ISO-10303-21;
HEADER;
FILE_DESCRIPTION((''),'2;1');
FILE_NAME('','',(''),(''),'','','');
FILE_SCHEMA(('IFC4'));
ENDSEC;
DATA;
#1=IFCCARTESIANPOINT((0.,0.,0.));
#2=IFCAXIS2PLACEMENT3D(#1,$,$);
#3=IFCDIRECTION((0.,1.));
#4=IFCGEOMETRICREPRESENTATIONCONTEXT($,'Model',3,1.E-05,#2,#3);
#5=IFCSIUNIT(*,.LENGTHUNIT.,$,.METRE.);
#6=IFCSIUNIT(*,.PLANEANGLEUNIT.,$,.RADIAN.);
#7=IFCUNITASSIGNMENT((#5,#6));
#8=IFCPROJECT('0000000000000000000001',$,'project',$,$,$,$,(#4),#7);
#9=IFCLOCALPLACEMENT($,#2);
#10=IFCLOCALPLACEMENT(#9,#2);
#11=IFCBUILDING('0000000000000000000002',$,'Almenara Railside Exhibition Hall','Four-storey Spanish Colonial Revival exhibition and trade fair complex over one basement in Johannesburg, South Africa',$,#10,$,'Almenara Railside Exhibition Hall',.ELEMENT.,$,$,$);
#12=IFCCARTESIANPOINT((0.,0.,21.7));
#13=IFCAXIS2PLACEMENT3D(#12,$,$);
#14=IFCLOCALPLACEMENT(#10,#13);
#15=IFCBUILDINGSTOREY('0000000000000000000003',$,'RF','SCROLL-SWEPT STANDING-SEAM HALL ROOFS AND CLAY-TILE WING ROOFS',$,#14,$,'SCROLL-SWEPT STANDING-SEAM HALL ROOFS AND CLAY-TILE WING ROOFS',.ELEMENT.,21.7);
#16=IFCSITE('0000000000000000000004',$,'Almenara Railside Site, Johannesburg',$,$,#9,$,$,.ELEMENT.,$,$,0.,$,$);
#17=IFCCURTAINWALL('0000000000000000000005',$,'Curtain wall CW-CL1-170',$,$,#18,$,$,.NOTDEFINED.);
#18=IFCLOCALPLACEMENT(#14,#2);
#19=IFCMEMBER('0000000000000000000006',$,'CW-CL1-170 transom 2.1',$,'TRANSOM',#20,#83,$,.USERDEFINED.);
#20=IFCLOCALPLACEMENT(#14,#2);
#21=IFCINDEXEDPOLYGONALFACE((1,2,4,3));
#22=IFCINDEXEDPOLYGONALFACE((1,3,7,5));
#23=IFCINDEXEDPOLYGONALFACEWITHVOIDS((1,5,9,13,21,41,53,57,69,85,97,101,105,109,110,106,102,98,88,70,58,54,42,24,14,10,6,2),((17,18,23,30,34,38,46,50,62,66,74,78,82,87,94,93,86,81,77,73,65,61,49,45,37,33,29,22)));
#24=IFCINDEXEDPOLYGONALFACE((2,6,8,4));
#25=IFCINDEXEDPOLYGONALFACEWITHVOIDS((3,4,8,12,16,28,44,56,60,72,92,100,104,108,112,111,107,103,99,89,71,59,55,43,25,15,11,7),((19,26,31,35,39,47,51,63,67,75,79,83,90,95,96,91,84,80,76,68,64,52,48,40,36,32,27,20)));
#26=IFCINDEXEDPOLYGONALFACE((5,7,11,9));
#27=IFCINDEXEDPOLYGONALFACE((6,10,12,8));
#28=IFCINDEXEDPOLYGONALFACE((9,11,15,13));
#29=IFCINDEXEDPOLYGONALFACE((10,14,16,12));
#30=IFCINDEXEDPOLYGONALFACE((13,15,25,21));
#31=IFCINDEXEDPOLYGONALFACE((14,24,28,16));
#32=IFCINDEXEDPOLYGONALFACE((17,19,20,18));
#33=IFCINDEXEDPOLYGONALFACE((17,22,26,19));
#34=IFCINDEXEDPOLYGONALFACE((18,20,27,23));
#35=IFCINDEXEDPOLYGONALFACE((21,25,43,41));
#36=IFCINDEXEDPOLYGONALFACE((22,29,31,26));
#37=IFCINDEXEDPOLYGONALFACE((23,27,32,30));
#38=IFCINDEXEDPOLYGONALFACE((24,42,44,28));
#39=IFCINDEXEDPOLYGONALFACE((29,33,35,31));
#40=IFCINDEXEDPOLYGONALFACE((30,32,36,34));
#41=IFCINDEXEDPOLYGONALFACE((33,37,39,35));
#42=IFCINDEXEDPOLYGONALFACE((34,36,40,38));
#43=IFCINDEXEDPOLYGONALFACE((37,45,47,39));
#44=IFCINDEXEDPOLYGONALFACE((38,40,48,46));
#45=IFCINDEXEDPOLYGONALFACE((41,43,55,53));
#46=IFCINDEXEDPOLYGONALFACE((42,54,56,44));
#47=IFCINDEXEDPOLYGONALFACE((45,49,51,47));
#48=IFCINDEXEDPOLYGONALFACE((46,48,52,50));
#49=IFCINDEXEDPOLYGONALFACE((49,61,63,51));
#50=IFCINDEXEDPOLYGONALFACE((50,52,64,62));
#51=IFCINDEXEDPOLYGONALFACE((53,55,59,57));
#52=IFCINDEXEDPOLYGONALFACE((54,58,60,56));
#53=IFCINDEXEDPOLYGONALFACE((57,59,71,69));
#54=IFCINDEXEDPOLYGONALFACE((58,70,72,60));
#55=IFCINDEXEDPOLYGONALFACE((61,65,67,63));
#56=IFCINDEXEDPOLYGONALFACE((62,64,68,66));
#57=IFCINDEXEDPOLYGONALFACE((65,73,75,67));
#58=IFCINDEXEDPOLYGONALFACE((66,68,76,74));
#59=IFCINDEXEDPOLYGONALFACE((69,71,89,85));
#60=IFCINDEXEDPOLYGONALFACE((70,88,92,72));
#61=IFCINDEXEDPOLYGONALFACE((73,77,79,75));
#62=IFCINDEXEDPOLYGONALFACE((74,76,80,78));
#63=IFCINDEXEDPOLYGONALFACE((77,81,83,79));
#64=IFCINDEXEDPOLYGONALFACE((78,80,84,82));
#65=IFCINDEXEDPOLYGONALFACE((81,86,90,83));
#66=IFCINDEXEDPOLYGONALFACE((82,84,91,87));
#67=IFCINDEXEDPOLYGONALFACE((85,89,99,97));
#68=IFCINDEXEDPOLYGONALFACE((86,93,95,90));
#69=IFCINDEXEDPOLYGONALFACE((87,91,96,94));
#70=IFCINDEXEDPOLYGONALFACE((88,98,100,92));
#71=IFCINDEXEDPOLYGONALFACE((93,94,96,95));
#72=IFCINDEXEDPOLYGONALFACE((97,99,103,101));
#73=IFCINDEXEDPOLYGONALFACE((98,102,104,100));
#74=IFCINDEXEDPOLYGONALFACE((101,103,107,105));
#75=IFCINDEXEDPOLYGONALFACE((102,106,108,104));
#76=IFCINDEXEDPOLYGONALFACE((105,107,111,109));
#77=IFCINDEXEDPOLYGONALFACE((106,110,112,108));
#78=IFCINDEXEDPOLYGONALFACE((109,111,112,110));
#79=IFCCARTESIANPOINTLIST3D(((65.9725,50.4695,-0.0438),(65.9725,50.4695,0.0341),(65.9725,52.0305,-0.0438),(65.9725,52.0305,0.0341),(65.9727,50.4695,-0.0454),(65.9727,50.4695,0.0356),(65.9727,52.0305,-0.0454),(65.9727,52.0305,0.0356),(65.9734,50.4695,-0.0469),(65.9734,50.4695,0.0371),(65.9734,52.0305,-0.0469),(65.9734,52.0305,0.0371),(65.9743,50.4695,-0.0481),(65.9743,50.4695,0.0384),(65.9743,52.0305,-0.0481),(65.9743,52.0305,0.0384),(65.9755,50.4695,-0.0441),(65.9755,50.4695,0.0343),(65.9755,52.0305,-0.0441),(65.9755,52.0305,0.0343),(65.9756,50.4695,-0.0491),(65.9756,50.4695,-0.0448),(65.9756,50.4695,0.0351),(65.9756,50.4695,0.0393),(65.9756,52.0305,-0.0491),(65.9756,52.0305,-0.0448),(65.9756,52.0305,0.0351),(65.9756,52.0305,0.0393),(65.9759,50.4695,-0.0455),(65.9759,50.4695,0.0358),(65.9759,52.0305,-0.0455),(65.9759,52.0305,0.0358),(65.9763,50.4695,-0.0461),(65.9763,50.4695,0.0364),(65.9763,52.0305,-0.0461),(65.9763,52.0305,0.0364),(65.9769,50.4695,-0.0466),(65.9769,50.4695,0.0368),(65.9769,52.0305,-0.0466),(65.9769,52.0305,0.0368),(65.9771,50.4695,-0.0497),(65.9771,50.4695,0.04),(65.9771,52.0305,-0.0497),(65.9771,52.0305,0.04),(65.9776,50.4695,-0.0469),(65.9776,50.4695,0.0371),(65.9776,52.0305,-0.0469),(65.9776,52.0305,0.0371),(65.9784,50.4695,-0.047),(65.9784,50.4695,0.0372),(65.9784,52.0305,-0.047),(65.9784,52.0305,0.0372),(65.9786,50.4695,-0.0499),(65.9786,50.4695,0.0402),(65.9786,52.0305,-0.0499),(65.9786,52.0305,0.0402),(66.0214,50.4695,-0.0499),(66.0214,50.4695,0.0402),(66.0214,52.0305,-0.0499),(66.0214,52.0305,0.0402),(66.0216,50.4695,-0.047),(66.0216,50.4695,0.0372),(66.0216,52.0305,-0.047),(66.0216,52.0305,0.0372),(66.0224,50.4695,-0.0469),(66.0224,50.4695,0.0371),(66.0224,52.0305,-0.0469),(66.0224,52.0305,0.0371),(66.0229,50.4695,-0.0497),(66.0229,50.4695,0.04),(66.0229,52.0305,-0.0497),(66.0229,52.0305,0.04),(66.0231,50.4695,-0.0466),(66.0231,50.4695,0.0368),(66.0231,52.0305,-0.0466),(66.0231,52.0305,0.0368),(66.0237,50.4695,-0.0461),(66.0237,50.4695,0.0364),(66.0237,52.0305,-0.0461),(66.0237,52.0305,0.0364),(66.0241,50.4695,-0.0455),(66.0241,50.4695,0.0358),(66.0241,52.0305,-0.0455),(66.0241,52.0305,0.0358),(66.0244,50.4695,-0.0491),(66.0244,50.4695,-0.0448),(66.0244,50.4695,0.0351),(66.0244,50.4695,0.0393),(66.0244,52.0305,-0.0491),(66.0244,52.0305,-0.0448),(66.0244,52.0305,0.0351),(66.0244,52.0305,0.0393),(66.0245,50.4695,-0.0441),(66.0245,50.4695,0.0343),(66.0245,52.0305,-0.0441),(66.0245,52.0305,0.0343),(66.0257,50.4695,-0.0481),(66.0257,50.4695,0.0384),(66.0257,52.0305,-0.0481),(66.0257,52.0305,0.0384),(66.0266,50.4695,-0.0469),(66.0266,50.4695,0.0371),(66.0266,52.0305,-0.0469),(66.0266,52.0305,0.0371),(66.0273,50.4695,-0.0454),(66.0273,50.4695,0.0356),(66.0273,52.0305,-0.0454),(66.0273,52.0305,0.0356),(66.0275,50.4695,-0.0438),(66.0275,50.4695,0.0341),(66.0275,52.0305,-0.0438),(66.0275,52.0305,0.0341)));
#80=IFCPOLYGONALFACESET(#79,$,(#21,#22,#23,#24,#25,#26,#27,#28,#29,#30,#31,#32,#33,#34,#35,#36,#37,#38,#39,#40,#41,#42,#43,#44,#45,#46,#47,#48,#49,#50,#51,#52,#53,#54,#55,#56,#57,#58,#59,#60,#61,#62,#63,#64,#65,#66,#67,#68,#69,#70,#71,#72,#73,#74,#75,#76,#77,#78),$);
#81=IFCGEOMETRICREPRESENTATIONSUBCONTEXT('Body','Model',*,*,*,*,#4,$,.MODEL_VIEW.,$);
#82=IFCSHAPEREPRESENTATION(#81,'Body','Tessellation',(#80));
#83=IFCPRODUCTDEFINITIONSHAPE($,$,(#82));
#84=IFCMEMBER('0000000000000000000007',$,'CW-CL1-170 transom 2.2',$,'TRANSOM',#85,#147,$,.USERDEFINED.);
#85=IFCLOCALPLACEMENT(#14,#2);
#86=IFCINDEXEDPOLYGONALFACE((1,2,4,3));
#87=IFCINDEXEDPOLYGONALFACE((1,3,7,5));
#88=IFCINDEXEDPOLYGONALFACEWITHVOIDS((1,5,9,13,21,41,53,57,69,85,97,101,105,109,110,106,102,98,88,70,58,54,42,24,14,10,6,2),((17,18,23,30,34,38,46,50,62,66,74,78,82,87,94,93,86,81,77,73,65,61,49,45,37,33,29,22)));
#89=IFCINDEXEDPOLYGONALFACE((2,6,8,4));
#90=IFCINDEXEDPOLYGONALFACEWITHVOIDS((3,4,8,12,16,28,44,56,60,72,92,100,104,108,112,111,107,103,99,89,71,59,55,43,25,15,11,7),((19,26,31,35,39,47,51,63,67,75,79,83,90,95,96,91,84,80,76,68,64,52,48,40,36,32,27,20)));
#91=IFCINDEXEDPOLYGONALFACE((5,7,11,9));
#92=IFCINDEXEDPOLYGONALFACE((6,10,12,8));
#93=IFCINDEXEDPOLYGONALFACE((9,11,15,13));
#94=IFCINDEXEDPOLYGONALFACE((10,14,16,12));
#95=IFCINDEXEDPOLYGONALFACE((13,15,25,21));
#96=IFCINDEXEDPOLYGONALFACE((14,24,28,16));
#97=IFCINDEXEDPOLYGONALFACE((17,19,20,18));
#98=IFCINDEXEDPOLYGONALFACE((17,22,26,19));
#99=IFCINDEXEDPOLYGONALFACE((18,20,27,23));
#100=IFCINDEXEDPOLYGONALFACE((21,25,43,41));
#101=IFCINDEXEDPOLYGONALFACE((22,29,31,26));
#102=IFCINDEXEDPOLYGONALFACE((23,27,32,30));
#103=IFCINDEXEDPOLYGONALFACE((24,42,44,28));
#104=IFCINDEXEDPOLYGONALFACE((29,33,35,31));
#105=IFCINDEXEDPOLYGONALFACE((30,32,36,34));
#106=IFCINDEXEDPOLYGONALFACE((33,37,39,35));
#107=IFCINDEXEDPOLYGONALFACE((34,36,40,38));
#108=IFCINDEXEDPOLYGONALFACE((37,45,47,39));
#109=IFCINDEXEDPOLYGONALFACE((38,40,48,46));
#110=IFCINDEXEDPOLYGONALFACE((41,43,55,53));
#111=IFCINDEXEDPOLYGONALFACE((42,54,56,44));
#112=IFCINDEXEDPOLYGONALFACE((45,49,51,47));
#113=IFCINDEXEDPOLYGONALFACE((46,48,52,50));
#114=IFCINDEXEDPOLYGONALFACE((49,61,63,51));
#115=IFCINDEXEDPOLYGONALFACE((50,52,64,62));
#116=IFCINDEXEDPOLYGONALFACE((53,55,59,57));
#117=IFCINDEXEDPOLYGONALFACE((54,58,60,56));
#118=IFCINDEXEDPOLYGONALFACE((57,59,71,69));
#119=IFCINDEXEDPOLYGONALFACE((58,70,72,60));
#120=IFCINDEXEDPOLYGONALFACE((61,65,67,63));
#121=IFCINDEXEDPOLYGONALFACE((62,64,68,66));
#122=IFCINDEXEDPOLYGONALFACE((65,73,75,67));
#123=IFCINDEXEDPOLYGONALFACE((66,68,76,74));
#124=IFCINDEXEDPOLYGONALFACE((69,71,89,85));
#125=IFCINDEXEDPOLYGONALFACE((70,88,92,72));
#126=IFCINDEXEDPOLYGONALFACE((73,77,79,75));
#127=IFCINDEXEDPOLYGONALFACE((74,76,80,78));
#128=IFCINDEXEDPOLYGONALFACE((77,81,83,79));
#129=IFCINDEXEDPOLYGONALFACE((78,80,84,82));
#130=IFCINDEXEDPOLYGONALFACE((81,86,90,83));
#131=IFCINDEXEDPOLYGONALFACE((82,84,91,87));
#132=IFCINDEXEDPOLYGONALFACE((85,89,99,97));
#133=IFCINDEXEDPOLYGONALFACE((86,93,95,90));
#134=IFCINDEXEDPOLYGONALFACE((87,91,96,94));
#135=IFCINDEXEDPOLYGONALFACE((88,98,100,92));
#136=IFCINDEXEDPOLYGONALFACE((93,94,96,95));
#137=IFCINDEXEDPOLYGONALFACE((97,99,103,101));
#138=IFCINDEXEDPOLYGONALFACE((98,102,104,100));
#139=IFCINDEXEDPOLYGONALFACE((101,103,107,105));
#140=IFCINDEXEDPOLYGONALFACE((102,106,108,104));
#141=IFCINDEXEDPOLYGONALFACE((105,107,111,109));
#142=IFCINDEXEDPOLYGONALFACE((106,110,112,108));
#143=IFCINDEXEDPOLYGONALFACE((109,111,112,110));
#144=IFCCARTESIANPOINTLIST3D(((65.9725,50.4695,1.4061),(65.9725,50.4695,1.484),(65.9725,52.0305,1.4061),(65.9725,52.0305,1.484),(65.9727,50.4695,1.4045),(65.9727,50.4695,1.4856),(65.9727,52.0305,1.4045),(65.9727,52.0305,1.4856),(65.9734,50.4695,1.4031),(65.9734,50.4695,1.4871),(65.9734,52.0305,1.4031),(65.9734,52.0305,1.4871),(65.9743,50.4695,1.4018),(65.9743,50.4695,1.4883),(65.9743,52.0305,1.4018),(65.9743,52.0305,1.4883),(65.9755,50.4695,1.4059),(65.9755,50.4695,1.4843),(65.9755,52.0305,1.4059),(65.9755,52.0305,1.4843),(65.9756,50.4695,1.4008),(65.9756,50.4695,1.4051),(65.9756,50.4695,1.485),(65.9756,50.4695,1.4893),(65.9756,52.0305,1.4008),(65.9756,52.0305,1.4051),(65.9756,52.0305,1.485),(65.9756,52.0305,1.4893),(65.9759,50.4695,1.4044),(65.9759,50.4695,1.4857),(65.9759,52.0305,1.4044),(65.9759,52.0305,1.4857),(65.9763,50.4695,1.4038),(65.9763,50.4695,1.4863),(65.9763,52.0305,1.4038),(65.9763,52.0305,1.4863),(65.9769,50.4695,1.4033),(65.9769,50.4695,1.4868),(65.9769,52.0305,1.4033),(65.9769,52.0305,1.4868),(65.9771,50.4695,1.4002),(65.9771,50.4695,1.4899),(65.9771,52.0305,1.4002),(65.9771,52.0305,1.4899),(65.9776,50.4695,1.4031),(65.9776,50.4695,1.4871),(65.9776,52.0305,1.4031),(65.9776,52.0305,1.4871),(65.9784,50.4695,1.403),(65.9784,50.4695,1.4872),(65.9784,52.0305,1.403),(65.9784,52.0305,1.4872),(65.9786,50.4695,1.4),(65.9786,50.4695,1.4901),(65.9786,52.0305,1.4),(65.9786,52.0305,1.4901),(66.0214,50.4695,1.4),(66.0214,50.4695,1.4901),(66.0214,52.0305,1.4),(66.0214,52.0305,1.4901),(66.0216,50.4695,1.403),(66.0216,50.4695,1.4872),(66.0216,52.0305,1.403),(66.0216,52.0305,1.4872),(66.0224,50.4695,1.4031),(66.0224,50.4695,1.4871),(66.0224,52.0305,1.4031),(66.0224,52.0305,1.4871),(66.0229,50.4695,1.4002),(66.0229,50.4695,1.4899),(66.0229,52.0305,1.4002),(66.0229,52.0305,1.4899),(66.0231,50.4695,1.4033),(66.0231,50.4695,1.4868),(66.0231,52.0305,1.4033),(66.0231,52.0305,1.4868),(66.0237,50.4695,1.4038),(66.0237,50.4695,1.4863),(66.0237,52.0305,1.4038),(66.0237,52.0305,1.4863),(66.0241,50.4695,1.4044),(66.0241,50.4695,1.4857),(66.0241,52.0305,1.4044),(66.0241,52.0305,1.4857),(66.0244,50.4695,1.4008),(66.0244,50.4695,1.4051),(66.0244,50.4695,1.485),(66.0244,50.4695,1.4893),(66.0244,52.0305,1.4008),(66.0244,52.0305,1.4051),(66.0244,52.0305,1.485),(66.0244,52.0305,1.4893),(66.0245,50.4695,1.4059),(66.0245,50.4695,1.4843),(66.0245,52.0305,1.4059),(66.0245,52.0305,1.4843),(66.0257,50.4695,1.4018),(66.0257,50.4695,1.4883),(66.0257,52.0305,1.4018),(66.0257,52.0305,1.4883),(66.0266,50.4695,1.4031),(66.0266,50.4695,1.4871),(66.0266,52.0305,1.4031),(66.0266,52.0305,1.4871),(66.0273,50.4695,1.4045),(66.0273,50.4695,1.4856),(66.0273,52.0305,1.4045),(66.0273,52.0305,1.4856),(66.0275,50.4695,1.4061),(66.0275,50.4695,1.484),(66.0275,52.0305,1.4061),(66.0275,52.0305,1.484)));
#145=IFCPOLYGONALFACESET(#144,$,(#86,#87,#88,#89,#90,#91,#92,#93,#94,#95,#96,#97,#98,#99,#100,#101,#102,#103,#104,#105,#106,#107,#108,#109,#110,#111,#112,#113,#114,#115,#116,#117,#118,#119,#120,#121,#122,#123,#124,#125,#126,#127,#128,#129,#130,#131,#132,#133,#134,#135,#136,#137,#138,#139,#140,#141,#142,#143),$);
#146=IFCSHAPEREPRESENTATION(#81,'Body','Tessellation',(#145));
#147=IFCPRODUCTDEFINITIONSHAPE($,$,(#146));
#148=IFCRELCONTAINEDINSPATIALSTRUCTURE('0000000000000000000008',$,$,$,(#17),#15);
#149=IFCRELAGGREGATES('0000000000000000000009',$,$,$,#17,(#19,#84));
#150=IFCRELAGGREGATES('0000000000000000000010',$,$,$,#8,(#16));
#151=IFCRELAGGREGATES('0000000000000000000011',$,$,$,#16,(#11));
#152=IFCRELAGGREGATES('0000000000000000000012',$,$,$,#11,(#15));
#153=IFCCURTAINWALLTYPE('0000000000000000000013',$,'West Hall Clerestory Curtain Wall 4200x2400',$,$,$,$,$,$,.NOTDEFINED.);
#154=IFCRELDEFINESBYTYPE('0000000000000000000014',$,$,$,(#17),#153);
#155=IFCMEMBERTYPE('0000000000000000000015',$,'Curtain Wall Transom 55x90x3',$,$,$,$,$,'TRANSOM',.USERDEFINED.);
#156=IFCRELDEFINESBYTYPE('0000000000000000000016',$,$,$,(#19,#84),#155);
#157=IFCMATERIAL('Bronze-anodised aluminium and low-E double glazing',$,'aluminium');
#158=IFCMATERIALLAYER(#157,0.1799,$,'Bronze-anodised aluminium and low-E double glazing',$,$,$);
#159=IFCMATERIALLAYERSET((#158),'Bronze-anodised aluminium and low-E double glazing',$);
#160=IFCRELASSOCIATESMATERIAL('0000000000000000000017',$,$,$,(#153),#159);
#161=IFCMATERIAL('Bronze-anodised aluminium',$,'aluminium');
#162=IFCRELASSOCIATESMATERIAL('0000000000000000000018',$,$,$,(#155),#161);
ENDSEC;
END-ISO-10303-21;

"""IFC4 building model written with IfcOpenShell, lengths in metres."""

from ifc_helpers import new_model, si_unit, direction, frame, origin, origin_2d, place, context, subcontext, project, spatial, hollow_rectangle, extrude, material, layer, layer_set, material_profile, profile_set, type_object, element, aggregate, save


model = new_model("IFC4")

# Units and contexts
model_context = context("Model", 3, precision=1e-05, world=origin(), true_north=direction((0.0, 1.0)))
body_context = subcontext(model_context, "Body", "Model", "MODEL_VIEW")
ifc_project = project(units=[si_unit("LENGTHUNIT", "METRE"), si_unit("PLANEANGLEUNIT", "RADIAN")], contexts=[model_context])

# Site, building, storey
site_placement = place(None, origin())
site = spatial("IfcSite", under=ifc_project, at=site_placement, Name="Almenara Railside Site, Johannesburg", CompositionType="ELEMENT", RefElevation=0.0)
building_placement = place(site_placement, origin())
building = spatial("IfcBuilding", under=site, at=building_placement, Name="Almenara Railside Exhibition Hall", Description="Four-storey Spanish Colonial Revival exhibition and trade fair complex over one basement in Johannesburg, South Africa", LongName="Almenara Railside Exhibition Hall", CompositionType="ELEMENT")
storey_placement = place(building_placement, frame((0.0, 0.0, 21.7)))
storey = spatial("IfcBuildingStorey", under=building, at=storey_placement, Name="RF", Description="SCROLL-SWEPT STANDING-SEAM HALL ROOFS AND CLAY-TILE WING ROOFS", LongName="SCROLL-SWEPT STANDING-SEAM HALL ROOFS AND CLAY-TILE WING ROOFS", CompositionType="ELEMENT", Elevation=21.7)

# Curtain wall
ifc_material_1 = material(Name="Bronze-anodised aluminium and low-E double glazing", Category="aluminium")
ifc_layer_1 = layer(ifc_material_1, 0.1799, Name="Bronze-anodised aluminium and low-E double glazing")
ifc_layer_set_1 = layer_set([ifc_layer_1], Name="Bronze-anodised aluminium and low-E double glazing")
curtain_wall_type = type_object("IfcCurtainWallType", Name="West Hall Clerestory Curtain Wall 4200x2400", PredefinedType="NOTDEFINED", material=ifc_layer_set_1)
curtain_wall_1_placement = place(storey_placement, origin())
curtain_wall_1 = element("IfcCurtainWall", 1, at=curtain_wall_1_placement, inside=storey, type_object=curtain_wall_type, Name="Curtain wall CW-CL1-170", PredefinedType="NOTDEFINED")
ifc_material_2 = material(Name="Bronze-anodised aluminium", Category="aluminium")

# Members
ifc_material_profile_1 = material_profile(ifc_material_2, hollow_rectangle(XDim=0.0549, YDim=0.0901, WallThickness=0.0029, InnerFilletRadius=0.0029, OuterFilletRadius=0.0061, at=origin_2d()), Name="ALU-TRN 55x90x3")
ifc_profile_set_1 = profile_set([ifc_material_profile_1], Name="Bronze-anodised aluminium")
member_type_1 = type_object("IfcMemberType", Name="Curtain Wall Transom 55x90x3", ElementType="TRANSOM", PredefinedType="USERDEFINED", material=ifc_profile_set_1)
member_1_placement = place(storey_placement, frame((66.0, 50.4695, -0.0049), z_axis=(0.0, 1.0, 0.0), x_axis=(-1.0, 0.0, 0.0)))
member_1 = element("IfcMember", 2, at=member_1_placement, type_object=member_type_1, Name="CW-CL1-170 transom 2.1", ObjectType="TRANSOM", PredefinedType="USERDEFINED", context=body_context, shape_type="SweptSolid", body=[
    extrude(hollow_rectangle(XDim=0.0549, YDim=0.0901, WallThickness=0.0029, InnerFilletRadius=0.0029, OuterFilletRadius=0.0061, at=origin_2d()), origin(), (0.0, 0.0, 1.0), 1.561),
])
member_2_placement = place(storey_placement, frame((66.0, 50.4695, 1.4451), z_axis=(0.0, 1.0, 0.0), x_axis=(-1.0, 0.0, 0.0)))
member_2 = element("IfcMember", 3, at=member_2_placement, type_object=member_type_1, Name="CW-CL1-170 transom 2.2", ObjectType="TRANSOM", PredefinedType="USERDEFINED", context=body_context, shape_type="SweptSolid", body=[
    extrude(hollow_rectangle(XDim=0.0549, YDim=0.0901, WallThickness=0.0029, InnerFilletRadius=0.0029, OuterFilletRadius=0.0061, at=origin_2d()), origin(), (0.0, 0.0, 1.0), 1.561),
])

aggregate(curtain_wall_1, [member_1, member_2])

save(model, "model.ifc")
